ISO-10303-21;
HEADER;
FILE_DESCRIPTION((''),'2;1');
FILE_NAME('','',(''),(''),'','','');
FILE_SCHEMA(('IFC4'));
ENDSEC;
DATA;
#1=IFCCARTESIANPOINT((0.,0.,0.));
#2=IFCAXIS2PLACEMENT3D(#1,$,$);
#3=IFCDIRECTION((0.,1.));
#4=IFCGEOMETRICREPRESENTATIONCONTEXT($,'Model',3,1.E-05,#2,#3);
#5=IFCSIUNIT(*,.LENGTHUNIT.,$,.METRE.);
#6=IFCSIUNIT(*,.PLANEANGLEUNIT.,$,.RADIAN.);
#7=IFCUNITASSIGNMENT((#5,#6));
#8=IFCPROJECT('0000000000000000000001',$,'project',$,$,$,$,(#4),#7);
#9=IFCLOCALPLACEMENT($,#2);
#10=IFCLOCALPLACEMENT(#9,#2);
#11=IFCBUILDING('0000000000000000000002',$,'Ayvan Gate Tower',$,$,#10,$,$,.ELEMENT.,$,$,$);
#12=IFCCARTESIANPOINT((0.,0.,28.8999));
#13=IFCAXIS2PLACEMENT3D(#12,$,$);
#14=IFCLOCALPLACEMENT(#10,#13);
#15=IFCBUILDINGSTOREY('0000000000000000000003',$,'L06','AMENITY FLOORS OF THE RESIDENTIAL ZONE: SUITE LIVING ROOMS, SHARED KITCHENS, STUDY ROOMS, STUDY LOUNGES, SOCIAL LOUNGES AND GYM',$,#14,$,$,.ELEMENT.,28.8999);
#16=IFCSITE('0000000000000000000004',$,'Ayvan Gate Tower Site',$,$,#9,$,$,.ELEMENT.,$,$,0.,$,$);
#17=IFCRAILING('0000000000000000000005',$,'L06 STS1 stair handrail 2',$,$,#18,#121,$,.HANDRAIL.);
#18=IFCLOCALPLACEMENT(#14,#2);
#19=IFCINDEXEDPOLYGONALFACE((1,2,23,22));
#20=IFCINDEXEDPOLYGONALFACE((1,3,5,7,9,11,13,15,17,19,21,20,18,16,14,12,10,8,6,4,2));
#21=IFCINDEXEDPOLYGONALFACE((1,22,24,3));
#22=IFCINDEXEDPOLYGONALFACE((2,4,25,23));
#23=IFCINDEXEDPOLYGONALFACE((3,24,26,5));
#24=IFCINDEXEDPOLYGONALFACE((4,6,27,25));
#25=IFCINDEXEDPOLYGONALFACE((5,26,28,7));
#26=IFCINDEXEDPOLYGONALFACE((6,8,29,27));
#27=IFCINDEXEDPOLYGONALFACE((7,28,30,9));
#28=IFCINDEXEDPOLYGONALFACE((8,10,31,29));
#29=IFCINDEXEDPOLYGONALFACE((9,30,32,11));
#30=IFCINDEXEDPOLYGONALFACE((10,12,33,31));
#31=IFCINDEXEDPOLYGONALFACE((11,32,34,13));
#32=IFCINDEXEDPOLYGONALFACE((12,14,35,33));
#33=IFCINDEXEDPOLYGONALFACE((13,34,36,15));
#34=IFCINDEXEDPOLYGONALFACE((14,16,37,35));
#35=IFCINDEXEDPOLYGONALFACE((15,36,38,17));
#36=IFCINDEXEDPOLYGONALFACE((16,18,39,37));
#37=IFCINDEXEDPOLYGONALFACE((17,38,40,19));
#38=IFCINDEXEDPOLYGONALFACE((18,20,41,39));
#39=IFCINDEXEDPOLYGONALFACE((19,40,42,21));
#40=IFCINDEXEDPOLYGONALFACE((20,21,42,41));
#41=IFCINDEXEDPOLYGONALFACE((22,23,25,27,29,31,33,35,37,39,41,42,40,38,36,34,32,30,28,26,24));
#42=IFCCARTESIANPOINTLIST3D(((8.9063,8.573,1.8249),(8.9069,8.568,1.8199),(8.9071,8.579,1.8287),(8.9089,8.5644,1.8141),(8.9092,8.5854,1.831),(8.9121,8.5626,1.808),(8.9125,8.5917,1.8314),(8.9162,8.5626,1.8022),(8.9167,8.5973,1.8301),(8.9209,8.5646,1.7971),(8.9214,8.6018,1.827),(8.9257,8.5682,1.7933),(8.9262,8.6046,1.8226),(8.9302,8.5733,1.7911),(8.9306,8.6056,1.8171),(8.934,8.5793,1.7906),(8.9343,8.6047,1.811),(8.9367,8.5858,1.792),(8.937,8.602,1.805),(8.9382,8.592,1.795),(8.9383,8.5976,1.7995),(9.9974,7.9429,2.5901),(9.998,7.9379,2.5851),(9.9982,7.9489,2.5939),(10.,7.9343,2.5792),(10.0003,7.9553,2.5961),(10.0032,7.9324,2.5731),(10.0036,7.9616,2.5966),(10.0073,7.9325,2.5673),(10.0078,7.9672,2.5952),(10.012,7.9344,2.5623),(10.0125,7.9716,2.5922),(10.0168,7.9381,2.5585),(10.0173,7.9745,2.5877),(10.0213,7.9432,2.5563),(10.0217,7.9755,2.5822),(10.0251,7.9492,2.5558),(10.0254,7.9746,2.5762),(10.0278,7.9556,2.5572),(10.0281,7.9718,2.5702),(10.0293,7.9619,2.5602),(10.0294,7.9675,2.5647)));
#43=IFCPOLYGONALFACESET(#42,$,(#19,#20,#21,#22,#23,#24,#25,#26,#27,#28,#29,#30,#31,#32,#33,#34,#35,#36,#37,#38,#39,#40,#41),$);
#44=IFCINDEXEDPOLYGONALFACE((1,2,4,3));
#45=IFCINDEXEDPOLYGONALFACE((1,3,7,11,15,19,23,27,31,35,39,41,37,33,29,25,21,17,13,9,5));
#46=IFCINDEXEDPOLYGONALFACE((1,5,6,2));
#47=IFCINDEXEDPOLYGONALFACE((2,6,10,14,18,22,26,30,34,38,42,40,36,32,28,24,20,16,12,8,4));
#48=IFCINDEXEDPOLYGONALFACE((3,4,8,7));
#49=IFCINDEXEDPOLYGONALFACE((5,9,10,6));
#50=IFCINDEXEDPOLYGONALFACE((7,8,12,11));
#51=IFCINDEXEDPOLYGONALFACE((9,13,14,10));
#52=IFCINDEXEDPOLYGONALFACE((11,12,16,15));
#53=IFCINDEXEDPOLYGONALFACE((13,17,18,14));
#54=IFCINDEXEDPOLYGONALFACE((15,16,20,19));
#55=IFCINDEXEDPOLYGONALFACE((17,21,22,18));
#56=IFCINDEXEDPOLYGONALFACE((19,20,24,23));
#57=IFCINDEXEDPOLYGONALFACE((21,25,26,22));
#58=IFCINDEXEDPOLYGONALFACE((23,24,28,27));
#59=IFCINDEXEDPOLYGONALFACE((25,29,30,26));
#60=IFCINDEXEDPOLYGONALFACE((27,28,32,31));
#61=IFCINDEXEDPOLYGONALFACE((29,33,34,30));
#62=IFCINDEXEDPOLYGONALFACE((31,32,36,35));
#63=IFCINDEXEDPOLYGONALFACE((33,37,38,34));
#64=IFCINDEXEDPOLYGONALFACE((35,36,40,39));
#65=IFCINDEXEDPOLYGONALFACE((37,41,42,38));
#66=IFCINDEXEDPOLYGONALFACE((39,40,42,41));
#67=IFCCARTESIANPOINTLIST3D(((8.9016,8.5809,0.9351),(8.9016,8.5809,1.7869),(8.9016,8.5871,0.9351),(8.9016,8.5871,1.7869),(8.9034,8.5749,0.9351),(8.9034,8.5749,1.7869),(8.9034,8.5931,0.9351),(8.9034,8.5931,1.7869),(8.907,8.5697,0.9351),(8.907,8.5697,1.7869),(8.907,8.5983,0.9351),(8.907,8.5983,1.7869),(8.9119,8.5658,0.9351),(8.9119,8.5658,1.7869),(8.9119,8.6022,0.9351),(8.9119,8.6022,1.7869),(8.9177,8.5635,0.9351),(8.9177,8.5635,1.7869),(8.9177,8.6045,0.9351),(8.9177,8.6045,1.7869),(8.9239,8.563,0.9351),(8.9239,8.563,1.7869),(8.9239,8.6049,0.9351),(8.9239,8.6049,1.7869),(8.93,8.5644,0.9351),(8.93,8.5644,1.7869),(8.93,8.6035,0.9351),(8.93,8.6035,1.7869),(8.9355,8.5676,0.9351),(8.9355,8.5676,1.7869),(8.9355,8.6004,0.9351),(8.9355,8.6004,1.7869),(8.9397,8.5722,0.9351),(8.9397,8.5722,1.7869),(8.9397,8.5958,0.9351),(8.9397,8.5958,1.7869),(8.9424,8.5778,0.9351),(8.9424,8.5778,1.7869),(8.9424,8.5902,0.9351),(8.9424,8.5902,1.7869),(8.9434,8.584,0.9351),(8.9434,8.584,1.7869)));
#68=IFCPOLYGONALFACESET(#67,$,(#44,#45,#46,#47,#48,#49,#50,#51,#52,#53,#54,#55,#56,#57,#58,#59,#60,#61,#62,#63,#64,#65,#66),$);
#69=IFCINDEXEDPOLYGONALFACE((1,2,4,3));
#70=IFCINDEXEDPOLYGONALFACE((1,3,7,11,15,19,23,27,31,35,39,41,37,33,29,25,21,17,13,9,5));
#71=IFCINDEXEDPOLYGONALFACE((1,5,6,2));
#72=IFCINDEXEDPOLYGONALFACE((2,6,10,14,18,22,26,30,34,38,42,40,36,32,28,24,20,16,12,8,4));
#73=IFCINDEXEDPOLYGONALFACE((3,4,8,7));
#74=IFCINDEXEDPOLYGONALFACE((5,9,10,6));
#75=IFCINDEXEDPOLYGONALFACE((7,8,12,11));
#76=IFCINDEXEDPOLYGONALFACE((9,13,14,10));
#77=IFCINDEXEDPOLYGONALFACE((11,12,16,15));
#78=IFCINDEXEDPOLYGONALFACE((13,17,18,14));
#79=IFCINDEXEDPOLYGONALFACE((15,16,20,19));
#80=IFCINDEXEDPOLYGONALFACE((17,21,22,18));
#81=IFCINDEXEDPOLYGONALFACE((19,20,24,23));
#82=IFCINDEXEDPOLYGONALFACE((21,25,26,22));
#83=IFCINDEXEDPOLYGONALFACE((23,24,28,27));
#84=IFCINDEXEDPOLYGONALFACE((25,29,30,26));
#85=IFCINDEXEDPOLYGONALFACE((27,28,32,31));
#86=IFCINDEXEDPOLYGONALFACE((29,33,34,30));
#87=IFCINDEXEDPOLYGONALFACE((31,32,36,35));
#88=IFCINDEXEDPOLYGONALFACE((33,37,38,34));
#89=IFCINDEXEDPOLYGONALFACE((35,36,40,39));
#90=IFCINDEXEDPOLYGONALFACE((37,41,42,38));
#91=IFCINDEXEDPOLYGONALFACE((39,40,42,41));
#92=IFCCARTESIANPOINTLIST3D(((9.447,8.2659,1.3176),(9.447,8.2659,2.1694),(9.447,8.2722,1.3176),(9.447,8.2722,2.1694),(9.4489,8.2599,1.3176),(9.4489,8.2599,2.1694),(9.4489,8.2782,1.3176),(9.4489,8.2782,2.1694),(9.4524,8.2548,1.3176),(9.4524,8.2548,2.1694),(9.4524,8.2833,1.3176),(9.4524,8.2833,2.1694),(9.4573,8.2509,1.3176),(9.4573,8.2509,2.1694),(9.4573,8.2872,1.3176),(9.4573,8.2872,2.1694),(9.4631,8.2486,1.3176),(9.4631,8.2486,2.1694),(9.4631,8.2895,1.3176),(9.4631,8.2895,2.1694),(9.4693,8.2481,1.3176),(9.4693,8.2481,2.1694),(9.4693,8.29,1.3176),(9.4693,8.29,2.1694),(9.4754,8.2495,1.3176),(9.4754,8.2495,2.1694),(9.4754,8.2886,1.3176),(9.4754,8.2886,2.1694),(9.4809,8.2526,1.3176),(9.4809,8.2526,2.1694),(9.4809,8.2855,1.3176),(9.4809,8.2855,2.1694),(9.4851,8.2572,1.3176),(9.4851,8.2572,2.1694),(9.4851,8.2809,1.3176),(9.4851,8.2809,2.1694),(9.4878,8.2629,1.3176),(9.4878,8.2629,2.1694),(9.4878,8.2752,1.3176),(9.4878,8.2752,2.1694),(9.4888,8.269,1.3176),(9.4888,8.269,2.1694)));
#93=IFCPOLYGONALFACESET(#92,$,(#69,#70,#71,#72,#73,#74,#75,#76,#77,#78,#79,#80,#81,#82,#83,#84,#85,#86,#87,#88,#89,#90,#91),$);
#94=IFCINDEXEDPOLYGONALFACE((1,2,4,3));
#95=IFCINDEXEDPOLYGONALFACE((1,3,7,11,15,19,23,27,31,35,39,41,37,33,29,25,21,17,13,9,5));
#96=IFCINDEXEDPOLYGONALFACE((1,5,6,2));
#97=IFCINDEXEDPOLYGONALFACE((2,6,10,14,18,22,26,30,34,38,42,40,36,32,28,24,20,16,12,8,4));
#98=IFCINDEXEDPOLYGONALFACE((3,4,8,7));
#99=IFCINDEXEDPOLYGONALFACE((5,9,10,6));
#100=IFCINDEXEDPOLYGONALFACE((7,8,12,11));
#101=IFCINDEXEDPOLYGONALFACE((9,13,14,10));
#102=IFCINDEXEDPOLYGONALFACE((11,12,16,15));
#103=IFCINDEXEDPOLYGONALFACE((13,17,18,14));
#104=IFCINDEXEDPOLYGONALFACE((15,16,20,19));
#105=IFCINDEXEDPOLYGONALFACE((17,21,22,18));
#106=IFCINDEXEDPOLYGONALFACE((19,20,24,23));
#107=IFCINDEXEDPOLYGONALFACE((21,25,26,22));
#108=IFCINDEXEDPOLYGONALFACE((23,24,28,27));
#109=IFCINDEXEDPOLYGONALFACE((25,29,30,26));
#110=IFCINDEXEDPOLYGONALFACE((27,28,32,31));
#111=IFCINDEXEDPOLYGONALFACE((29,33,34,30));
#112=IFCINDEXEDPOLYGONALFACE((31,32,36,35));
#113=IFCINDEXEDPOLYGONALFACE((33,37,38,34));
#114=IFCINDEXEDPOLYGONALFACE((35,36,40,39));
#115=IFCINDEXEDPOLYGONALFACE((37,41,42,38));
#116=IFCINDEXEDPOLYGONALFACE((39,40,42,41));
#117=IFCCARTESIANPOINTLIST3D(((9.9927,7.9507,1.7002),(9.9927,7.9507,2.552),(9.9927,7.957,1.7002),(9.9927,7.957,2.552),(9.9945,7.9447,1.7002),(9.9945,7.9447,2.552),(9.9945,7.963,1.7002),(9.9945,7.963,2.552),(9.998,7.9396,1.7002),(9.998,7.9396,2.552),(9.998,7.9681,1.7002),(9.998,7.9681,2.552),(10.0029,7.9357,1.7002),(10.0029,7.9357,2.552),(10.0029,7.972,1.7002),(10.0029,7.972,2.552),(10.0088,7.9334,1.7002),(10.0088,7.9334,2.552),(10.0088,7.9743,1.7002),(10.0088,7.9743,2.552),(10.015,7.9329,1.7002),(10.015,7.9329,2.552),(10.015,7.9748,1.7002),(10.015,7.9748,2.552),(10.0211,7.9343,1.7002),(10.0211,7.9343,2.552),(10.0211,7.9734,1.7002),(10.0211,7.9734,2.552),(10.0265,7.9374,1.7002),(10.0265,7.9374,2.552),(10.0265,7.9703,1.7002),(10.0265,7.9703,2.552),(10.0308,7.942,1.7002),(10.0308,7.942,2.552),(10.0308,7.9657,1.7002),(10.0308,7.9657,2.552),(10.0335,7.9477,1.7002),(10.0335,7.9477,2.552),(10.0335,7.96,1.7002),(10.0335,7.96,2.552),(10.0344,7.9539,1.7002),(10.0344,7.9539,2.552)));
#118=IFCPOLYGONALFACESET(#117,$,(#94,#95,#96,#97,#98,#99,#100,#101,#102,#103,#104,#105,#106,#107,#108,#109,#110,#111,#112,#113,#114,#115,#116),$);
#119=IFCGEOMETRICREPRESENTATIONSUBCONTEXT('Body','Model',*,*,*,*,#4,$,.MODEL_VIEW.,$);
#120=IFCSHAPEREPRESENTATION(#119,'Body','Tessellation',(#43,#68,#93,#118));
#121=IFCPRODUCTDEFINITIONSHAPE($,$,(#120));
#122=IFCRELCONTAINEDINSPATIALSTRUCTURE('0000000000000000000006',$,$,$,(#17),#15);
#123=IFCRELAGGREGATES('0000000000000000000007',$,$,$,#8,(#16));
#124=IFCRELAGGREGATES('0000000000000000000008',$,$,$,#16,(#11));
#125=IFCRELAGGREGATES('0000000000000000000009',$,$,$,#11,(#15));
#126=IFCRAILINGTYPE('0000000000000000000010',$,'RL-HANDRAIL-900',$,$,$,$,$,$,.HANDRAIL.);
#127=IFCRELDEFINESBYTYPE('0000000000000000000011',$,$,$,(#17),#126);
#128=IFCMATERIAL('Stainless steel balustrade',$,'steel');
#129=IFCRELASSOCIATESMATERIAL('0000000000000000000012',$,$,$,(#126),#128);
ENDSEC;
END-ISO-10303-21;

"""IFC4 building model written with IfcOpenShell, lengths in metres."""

from ifc_helpers import new_model, si_unit, direction, frame, origin, origin_2d, place, context, subcontext, project, spatial, circle, extrude, material, type_object, element, save


model = new_model("IFC4")

# Units and contexts
model_context = context("Model", 3, precision=1e-05, world=origin(), true_north=direction((0.0, 1.0)))
body_context = subcontext(model_context, "Body", "Model", "MODEL_VIEW")
ifc_project = project(units=[si_unit("LENGTHUNIT", "METRE"), si_unit("PLANEANGLEUNIT", "RADIAN")], contexts=[model_context])

# Site, building, storey
site_placement = place(None, origin())
site = spatial("IfcSite", under=ifc_project, at=site_placement, Name="Ayvan Gate Tower Site", CompositionType="ELEMENT", RefElevation=0.0)
building_placement = place(site_placement, origin())
building = spatial("IfcBuilding", under=site, at=building_placement, Name="Ayvan Gate Tower", CompositionType="ELEMENT")
storey_placement = place(building_placement, frame((0.0, 0.0, 28.8999)))
storey = spatial("IfcBuildingStorey", under=building, at=storey_placement, Name="L06", Description="AMENITY FLOORS OF THE RESIDENTIAL ZONE: SUITE LIVING ROOMS, SHARED KITCHENS, STUDY ROOMS, STUDY LOUNGES, SOCIAL LOUNGES AND GYM", CompositionType="ELEMENT", Elevation=28.8999)

# Railing
ifc_material_1 = material(Name="Stainless steel balustrade", Category="steel")
railing_type_1 = type_object("IfcRailingType", Name="RL-HANDRAIL-900", PredefinedType="HANDRAIL", material=ifc_material_1)
railing_1_placement = place(storey_placement, frame((8.9224, 8.584, 0.9351)))
element("IfcRailing", 1, at=railing_1_placement, inside=storey, type_object=railing_type_1, Name="L06 STS1 stair handrail 2", PredefinedType="HANDRAIL", context=body_context, shape_type="SweptSolid", body=[
    extrude(circle(Radius=0.0239, at=origin_2d()), frame((0.0, 0.0, 0.876), z_axis=(0.740166, -0.427471, 0.51906), x_axis=(0.500119, 0.865956, 0.0)), (0.0, 0.0, 1.0), 1.4741),
    extrude(circle(Radius=0.021, at=origin_2d()), origin(), (0.0, 0.0, 1.0), 0.8518),
    extrude(circle(Radius=0.021, at=origin_2d()), frame((0.5454, -0.3149, 0.3826)), (0.0, 0.0, 1.0), 0.8518),
    extrude(circle(Radius=0.021, at=origin_2d()), frame((1.0911, -0.6301, 0.7651)), (0.0, 0.0, 1.0), 0.8518),
])

save(model, "model.ifc")
